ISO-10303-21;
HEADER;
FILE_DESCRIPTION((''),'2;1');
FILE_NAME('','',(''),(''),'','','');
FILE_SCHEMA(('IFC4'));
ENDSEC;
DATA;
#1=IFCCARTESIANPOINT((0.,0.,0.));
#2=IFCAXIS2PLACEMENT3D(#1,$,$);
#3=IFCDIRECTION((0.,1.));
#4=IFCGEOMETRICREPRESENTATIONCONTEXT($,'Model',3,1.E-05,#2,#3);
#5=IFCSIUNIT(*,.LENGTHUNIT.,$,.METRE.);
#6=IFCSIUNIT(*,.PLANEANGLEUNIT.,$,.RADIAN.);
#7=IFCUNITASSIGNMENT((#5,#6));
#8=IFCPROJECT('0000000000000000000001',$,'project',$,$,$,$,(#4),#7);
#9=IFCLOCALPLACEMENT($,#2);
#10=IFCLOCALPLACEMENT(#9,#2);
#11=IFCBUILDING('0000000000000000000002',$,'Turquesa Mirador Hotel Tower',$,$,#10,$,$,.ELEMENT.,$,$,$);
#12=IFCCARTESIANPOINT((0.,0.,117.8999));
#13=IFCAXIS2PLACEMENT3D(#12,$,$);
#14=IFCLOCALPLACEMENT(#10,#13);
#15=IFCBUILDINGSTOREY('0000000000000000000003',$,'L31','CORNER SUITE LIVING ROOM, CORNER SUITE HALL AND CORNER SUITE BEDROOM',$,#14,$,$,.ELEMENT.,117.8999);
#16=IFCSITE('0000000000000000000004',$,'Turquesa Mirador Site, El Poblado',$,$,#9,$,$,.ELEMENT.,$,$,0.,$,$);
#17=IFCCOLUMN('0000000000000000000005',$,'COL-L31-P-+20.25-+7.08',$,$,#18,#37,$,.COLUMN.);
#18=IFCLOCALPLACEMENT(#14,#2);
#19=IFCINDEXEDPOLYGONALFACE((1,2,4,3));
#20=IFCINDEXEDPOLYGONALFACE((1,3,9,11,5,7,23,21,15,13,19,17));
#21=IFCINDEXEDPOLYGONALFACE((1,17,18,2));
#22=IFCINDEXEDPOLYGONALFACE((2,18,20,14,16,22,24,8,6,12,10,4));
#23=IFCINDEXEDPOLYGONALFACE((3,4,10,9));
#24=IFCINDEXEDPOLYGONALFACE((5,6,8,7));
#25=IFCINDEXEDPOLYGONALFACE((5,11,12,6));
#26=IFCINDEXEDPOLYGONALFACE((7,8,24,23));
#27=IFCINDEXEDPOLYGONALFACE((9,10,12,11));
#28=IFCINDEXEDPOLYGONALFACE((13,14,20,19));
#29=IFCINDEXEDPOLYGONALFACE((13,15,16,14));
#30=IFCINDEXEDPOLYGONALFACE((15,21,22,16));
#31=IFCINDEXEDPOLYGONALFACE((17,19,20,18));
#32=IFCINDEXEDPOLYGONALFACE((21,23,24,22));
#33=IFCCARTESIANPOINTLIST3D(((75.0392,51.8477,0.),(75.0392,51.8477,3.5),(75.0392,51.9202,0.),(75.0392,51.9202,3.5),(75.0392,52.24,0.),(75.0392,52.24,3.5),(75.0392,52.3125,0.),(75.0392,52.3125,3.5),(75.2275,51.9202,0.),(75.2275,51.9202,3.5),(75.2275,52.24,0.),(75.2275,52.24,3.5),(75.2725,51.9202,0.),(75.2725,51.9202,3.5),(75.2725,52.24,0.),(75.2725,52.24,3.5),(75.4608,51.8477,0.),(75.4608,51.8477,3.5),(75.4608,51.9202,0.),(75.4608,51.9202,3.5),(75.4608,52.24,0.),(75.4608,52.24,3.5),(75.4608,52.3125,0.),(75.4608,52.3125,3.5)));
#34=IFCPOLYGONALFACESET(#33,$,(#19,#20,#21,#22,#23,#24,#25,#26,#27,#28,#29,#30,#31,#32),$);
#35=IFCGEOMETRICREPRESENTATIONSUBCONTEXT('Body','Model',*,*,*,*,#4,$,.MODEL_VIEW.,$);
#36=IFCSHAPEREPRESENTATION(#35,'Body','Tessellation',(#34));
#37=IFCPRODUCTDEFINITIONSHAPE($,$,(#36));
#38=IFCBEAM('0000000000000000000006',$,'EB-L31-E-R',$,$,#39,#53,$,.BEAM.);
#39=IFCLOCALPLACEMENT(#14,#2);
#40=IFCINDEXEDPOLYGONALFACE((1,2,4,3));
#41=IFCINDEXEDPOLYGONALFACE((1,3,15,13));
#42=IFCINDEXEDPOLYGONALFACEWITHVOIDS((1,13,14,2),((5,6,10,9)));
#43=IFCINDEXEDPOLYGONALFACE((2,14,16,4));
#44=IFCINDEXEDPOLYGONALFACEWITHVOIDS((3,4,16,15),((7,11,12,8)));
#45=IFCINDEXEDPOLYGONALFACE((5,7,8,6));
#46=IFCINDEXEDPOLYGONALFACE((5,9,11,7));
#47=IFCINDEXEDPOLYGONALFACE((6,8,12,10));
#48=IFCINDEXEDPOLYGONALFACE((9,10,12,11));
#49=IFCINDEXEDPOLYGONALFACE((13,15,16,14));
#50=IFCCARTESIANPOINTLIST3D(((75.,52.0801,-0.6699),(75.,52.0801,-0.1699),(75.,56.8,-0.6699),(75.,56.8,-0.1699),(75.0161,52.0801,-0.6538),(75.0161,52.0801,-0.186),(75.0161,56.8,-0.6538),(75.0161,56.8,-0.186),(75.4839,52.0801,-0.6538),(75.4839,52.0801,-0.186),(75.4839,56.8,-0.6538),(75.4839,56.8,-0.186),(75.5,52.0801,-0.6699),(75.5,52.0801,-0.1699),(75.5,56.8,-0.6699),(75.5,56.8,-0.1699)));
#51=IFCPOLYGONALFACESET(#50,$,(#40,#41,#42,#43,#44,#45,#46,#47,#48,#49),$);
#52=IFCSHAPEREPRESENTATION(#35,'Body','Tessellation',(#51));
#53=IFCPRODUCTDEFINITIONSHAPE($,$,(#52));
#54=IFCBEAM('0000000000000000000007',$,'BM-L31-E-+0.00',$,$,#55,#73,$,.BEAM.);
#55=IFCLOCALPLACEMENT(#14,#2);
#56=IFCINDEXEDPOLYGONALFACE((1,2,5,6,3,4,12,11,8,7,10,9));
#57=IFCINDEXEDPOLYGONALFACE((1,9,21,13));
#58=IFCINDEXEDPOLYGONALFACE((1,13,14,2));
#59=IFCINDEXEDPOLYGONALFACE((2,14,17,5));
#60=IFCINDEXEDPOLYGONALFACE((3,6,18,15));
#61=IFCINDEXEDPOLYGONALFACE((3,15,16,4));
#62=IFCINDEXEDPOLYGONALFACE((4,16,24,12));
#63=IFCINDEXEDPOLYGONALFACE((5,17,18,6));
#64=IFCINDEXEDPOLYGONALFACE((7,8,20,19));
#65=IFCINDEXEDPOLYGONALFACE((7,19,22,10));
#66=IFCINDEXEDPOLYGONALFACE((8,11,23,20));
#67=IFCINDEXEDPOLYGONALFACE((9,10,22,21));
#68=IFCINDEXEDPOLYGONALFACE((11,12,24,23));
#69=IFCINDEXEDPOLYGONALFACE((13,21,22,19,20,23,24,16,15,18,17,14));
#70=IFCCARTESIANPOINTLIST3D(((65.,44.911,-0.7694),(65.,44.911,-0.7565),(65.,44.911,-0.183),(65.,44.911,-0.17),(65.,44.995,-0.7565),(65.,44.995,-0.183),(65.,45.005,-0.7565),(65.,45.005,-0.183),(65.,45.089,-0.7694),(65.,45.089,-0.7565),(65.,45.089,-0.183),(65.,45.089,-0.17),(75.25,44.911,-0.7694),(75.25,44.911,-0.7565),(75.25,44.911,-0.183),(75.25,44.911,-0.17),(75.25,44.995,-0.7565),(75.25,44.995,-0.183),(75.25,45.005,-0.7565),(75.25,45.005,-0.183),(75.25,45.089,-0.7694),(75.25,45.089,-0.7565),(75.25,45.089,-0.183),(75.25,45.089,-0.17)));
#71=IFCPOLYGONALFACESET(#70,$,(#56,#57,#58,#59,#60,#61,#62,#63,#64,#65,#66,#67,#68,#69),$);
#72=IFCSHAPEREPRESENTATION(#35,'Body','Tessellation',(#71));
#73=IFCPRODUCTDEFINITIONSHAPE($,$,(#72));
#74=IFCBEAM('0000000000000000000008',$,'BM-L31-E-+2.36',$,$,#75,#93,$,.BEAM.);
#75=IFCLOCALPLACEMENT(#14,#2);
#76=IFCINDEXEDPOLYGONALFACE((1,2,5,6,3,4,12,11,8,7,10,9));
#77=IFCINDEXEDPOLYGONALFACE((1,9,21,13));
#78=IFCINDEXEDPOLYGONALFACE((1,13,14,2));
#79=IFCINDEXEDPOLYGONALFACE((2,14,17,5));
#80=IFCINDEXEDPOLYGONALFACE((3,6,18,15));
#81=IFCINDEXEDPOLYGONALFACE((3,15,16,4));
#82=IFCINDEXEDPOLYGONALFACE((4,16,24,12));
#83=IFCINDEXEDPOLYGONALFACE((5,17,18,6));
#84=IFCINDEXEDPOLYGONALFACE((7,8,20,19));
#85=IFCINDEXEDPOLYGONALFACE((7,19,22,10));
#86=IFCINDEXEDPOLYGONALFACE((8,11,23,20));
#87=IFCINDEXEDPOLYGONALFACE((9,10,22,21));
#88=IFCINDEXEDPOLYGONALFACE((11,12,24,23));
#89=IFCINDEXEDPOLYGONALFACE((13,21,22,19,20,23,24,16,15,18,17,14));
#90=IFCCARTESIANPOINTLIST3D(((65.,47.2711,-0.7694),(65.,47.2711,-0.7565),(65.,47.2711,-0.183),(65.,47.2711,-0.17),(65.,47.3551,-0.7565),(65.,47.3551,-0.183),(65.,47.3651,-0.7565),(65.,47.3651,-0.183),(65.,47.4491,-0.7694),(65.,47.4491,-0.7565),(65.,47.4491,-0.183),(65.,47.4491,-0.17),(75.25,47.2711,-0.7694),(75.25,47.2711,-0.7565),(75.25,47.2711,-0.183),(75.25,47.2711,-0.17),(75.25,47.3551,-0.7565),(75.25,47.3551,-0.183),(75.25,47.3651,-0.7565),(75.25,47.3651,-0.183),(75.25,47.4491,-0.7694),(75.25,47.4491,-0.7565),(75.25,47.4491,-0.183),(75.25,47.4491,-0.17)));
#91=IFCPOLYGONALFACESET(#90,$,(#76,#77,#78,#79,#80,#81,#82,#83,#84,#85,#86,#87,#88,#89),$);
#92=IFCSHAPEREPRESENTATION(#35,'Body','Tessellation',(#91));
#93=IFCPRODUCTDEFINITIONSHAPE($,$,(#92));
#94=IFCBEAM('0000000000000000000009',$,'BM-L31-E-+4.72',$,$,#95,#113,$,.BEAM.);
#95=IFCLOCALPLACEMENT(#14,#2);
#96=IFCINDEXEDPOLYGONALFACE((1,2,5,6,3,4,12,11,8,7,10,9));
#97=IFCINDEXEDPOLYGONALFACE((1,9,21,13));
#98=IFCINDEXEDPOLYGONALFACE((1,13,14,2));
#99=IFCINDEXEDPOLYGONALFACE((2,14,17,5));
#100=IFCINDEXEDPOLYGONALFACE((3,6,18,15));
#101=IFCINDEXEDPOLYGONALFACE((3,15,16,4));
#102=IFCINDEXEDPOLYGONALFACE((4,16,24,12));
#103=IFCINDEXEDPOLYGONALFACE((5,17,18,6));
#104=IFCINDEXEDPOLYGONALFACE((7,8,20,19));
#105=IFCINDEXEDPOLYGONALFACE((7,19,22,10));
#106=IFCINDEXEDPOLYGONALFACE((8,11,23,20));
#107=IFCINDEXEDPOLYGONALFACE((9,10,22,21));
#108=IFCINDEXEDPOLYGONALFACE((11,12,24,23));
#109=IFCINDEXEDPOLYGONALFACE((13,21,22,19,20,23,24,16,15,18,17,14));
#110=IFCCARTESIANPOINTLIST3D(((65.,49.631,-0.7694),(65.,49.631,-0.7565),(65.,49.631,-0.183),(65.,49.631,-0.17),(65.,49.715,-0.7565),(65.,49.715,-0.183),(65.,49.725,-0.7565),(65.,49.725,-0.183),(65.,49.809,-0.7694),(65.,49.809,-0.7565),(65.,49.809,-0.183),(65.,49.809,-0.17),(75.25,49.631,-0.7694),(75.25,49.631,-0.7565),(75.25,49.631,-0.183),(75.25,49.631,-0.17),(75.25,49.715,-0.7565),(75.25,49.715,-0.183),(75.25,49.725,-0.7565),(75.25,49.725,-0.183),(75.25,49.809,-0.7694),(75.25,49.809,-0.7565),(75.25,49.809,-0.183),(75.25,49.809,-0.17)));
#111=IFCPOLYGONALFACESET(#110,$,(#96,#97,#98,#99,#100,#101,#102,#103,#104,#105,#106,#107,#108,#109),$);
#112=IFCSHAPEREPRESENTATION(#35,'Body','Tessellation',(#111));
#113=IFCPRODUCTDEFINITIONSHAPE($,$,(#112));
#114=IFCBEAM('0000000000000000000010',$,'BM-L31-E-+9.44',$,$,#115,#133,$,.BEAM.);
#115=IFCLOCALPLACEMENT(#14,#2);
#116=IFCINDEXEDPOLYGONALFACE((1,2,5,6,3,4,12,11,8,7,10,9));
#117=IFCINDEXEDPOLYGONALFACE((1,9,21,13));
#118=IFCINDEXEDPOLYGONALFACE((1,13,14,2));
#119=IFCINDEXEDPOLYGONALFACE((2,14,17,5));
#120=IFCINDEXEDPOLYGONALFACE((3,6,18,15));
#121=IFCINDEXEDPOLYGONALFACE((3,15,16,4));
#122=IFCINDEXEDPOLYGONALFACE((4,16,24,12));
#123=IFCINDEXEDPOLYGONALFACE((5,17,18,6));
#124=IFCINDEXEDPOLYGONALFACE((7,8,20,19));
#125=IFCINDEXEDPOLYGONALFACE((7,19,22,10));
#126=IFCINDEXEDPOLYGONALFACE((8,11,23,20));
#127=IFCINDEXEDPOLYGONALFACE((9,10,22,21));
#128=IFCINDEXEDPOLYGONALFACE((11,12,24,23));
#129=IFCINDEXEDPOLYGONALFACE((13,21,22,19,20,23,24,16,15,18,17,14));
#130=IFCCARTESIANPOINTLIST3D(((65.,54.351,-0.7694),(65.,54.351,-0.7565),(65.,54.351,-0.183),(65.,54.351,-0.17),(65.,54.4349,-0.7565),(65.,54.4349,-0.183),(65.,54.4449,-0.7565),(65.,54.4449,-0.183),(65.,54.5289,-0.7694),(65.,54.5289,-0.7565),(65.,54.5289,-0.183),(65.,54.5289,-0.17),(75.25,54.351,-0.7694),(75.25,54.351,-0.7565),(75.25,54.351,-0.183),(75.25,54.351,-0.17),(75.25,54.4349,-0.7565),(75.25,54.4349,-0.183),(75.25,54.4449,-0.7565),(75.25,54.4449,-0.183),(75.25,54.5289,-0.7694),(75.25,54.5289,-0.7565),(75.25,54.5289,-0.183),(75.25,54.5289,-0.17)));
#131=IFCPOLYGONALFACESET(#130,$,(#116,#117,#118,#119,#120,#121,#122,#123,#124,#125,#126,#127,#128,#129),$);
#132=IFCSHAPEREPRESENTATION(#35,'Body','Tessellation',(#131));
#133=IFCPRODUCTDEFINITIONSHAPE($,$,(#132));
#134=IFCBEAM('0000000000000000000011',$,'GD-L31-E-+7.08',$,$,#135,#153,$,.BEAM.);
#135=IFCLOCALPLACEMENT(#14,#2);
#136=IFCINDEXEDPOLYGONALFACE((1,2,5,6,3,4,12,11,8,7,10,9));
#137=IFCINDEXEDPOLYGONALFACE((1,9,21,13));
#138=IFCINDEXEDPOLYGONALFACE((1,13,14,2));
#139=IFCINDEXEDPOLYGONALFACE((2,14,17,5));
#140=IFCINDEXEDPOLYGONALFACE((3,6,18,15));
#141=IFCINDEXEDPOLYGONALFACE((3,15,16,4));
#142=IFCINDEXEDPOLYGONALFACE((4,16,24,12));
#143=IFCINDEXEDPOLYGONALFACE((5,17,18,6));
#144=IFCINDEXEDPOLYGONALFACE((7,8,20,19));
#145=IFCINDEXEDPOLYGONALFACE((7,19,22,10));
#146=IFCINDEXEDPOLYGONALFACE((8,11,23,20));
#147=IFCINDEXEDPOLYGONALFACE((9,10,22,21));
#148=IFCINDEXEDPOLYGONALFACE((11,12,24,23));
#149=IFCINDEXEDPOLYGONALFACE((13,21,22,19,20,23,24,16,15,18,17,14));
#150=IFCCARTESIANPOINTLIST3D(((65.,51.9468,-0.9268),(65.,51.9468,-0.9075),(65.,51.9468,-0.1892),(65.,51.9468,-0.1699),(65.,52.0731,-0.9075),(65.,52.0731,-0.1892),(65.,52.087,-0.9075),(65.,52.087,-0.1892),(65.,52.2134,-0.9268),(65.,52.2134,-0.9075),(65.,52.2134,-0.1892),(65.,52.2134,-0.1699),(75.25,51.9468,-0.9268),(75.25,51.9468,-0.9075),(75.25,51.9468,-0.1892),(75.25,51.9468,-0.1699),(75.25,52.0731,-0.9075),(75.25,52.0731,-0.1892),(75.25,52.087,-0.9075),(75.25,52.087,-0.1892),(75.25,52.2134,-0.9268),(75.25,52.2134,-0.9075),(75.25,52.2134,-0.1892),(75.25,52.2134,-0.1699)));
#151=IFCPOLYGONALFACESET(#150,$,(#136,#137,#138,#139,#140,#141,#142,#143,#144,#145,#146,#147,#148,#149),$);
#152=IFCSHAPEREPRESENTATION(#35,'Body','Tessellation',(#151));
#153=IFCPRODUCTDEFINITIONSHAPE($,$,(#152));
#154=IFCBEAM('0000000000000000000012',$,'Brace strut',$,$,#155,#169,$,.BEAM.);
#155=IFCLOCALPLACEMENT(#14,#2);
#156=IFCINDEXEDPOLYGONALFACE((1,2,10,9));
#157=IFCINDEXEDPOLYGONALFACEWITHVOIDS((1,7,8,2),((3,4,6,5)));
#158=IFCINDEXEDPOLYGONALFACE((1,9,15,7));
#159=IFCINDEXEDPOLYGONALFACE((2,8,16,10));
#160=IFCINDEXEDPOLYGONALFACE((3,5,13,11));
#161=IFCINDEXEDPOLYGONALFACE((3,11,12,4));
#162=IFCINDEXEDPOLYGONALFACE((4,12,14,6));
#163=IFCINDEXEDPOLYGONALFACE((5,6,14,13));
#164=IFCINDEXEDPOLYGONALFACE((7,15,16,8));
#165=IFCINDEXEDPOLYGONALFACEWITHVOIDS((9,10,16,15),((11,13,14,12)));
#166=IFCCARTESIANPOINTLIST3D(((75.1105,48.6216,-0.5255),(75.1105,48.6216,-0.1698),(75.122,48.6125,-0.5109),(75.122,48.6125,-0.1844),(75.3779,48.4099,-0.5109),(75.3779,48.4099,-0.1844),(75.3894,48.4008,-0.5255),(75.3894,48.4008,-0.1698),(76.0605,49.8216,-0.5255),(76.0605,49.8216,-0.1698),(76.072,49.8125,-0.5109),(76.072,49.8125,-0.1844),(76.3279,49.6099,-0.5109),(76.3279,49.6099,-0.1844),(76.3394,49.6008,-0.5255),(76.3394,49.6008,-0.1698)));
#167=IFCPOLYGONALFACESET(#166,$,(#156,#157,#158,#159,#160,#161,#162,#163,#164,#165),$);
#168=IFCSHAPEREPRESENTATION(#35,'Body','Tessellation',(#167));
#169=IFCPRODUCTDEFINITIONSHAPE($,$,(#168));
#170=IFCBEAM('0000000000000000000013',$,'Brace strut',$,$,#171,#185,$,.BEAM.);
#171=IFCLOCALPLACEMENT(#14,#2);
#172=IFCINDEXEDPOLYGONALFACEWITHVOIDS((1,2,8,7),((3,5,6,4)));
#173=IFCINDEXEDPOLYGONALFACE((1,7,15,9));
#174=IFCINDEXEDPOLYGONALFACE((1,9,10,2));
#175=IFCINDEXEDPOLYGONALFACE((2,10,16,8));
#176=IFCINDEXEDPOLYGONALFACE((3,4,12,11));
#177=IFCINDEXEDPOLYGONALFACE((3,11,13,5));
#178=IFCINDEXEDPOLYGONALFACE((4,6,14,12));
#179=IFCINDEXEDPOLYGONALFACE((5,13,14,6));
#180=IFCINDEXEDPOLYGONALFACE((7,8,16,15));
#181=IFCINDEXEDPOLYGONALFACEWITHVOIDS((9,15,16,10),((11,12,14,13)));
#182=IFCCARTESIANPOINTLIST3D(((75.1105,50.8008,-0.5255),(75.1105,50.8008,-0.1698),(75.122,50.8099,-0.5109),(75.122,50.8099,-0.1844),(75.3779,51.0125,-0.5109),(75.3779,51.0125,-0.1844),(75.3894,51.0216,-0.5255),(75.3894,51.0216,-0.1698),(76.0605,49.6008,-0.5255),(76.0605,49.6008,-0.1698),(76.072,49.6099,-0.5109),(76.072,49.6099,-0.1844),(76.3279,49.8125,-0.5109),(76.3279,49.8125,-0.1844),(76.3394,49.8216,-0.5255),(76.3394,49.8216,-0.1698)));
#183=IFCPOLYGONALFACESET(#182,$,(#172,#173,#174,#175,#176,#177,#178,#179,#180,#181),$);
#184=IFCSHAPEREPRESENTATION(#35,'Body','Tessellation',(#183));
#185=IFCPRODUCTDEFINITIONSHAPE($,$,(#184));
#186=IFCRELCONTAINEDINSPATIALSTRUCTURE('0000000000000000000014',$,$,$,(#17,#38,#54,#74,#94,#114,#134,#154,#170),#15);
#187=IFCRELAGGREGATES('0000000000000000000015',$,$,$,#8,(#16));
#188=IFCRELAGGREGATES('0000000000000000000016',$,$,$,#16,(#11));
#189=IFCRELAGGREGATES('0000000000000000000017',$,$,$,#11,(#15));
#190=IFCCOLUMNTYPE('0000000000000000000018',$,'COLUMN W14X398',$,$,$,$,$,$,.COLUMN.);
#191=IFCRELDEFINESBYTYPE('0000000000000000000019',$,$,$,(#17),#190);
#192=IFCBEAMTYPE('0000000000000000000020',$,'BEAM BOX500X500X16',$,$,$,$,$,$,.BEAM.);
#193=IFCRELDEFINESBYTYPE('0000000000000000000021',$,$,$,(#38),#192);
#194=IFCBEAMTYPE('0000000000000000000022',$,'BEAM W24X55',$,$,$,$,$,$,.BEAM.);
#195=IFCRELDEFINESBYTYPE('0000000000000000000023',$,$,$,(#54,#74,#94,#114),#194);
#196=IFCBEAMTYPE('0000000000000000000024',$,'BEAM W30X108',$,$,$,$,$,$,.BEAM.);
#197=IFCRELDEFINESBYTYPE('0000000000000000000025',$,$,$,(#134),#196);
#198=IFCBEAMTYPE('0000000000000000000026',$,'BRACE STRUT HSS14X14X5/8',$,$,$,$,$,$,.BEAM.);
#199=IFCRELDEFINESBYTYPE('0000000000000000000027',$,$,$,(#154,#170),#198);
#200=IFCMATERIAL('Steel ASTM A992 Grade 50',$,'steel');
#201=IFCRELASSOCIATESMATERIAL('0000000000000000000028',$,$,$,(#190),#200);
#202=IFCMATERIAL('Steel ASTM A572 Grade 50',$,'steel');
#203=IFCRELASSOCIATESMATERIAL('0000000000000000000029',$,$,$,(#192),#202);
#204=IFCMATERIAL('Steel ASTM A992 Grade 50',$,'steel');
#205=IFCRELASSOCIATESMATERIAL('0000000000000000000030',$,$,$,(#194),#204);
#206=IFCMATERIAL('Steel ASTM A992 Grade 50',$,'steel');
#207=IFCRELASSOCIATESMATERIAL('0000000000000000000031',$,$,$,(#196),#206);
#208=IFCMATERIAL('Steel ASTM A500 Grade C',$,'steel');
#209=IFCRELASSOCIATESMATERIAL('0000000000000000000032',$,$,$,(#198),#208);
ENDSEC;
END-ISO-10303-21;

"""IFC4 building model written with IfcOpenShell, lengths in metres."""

from ifc_helpers import new_model, si_unit, direction, frame, origin, origin_2d, place, context, subcontext, project, spatial, hollow_rectangle, i_section, extrude, material, material_profile, profile_set, type_object, element, save


model = new_model("IFC4")

# Units and contexts
model_context = context("Model", 3, precision=1e-05, world=origin(), true_north=direction((0.0, 1.0)))
body_context = subcontext(model_context, "Body", "Model", "MODEL_VIEW")
ifc_project = project(units=[si_unit("LENGTHUNIT", "METRE"), si_unit("PLANEANGLEUNIT", "RADIAN")], contexts=[model_context])

# Site, building, storey
site_placement = place(None, origin())
site = spatial("IfcSite", under=ifc_project, at=site_placement, Name="Turquesa Mirador Site, El Poblado", CompositionType="ELEMENT", RefElevation=0.0)
building_placement = place(site_placement, origin())
building = spatial("IfcBuilding", under=site, at=building_placement, Name="Turquesa Mirador Hotel Tower", CompositionType="ELEMENT")
storey_placement = place(building_placement, frame((0.0, 0.0, 117.8999)))
storey = spatial("IfcBuildingStorey", under=building, at=storey_placement, Name="L31", Description="CORNER SUITE LIVING ROOM, CORNER SUITE HALL AND CORNER SUITE BEDROOM", CompositionType="ELEMENT", Elevation=117.8999)

# Column
ifc_material_1 = material(Name="Steel ASTM A992 Grade 50", Category="steel")
ifc_material_profile_1 = material_profile(ifc_material_1, i_section(OverallWidth=0.4216, OverallDepth=0.4648, WebThickness=0.0449, FlangeThickness=0.0725, at=origin_2d()), Name="W14X398")
ifc_profile_set_1 = profile_set([ifc_material_profile_1], Name="Steel ASTM A992 Grade 50")
column_type = type_object("IfcColumnType", Name="COLUMN W14X398", PredefinedType="COLUMN", material=ifc_profile_set_1)
column_placement = place(storey_placement, frame((75.25, 52.0801, 0.0), z_axis=(0.0, 0.0, 1.0), x_axis=(1.0, 0.0, 0.0)))
element("IfcColumn", 1, at=column_placement, inside=storey, type_object=column_type, Name="COL-L31-P-+20.25-+7.08", PredefinedType="COLUMN", context=body_context, shape_type="SweptSolid", body=[
    extrude(i_section(OverallWidth=0.4216, OverallDepth=0.4648, WebThickness=0.0449, FlangeThickness=0.0725, at=origin_2d()), origin(), (0.0, 0.0, 1.0), 3.5),
])

# Beams
ifc_material_2 = material(Name="Steel ASTM A572 Grade 50", Category="steel")
ifc_material_profile_2 = material_profile(ifc_material_2, hollow_rectangle(XDim=0.5, YDim=0.5, WallThickness=0.0161, at=origin_2d()), Name="BOX500X500X16")
ifc_profile_set_2 = profile_set([ifc_material_profile_2], Name="Steel ASTM A572 Grade 50")
beam_type_1 = type_object("IfcBeamType", Name="BEAM BOX500X500X16", PredefinedType="BEAM", material=ifc_profile_set_2)
beam_1_placement = place(storey_placement, frame((75.25, 52.0801, -0.4199), z_axis=(0.0, 1.0, 0.0), x_axis=(-1.0, 0.0, 0.0)))
element("IfcBeam", 2, at=beam_1_placement, inside=storey, type_object=beam_type_1, Name="EB-L31-E-R", PredefinedType="BEAM", context=body_context, shape_type="SweptSolid", body=[
    extrude(hollow_rectangle(XDim=0.5, YDim=0.5, WallThickness=0.0161, at=origin_2d()), origin(), (0.0, 0.0, 1.0), 4.72),
])
ifc_material_3 = material(Name="Steel ASTM A992 Grade 50", Category="steel")
ifc_material_profile_3 = material_profile(ifc_material_3, i_section(OverallWidth=0.178, OverallDepth=0.5994, WebThickness=0.01, FlangeThickness=0.0129, at=origin_2d()), Name="W24X55")
ifc_profile_set_3 = profile_set([ifc_material_profile_3], Name="Steel ASTM A992 Grade 50")
beam_type_2 = type_object("IfcBeamType", Name="BEAM W24X55", PredefinedType="BEAM", material=ifc_profile_set_3)
for number, where, z_axis, x_axis, name in (
    (3, (75.25, 45.0, -0.4697), (-1.0, 0.0, 0.0), (0.0, -1.0, 0.0), "BM-L31-E-+0.00"),
    (4, (75.25, 47.3601, -0.4697), (-1.0, 0.0, 0.0), (0.0, -1.0, 0.0), "BM-L31-E-+2.36"),
    (5, (75.25, 49.72, -0.4697), (-1.0, 0.0, 0.0), (0.0, -1.0, 0.0), "BM-L31-E-+4.72"),
    (6, (75.25, 54.4399, -0.4697), (-1.0, 0.0, 0.0), (0.0, -1.0, 0.0), "BM-L31-E-+9.44"),
):
    element("IfcBeam", number, at=place(storey_placement, frame(where, z_axis=z_axis, x_axis=x_axis)), inside=storey, type_object=beam_type_2, Name=name, PredefinedType="BEAM", context=body_context, shape_type="SweptSolid", body=[
        extrude(i_section(OverallWidth=0.178, OverallDepth=0.5994, WebThickness=0.01, FlangeThickness=0.0129, at=origin_2d()), origin(), (0.0, 0.0, 1.0), 10.25),
    ])
ifc_material_4 = material(Name="Steel ASTM A992 Grade 50", Category="steel")
ifc_material_profile_4 = material_profile(ifc_material_4, i_section(OverallWidth=0.2666, OverallDepth=0.7568, WebThickness=0.0139, FlangeThickness=0.0193, at=origin_2d()), Name="W30X108")
ifc_profile_set_4 = profile_set([ifc_material_profile_4], Name="Steel ASTM A992 Grade 50")
beam_type_3 = type_object("IfcBeamType", Name="BEAM W30X108", PredefinedType="BEAM", material=ifc_profile_set_4)
beam_2_placement = place(storey_placement, frame((75.25, 52.0801, -0.5483), z_axis=(-1.0, 0.0, 0.0), x_axis=(0.0, -1.0, 0.0)))
element("IfcBeam", 7, at=beam_2_placement, inside=storey, type_object=beam_type_3, Name="GD-L31-E-+7.08", PredefinedType="BEAM", context=body_context, shape_type="SweptSolid", body=[
    extrude(i_section(OverallWidth=0.2666, OverallDepth=0.7568, WebThickness=0.0139, FlangeThickness=0.0193, at=origin_2d()), origin(), (0.0, 0.0, 1.0), 10.25),
])
ifc_material_5 = material(Name="Steel ASTM A500 Grade C", Category="steel")
ifc_material_profile_5 = material_profile(ifc_material_5, hollow_rectangle(XDim=0.3557, YDim=0.3557, WallThickness=0.0146, at=origin_2d()), Name="HSS14X14X5/8")
ifc_profile_set_5 = profile_set([ifc_material_profile_5], Name="Steel ASTM A500 Grade C")
beam_type_4 = type_object("IfcBeamType", Name="BRACE STRUT HSS14X14X5/8", PredefinedType="BEAM", material=ifc_profile_set_5)
for number, where, z_axis, x_axis, name in (
    (8, (76.2, 49.7112, -0.3477), (-0.620699, -0.784049, 0.0), (0.784049, -0.620699, 0.0), "Brace strut"),
    (9, (76.2, 49.7112, -0.3477), (-0.620699, 0.784049, 0.0), (-0.784049, -0.620699, 0.0), "Brace strut"),
):
    element("IfcBeam", number, at=place(storey_placement, frame(where, z_axis=z_axis, x_axis=x_axis)), inside=storey, type_object=beam_type_4, Name=name, PredefinedType="BEAM", context=body_context, shape_type="SweptSolid", body=[
        extrude(hollow_rectangle(XDim=0.3557, YDim=0.3557, WallThickness=0.0146, at=origin_2d()), origin(), (0.0, 0.0, 1.0), 1.5305),
    ])

save(model, "model.ifc")
